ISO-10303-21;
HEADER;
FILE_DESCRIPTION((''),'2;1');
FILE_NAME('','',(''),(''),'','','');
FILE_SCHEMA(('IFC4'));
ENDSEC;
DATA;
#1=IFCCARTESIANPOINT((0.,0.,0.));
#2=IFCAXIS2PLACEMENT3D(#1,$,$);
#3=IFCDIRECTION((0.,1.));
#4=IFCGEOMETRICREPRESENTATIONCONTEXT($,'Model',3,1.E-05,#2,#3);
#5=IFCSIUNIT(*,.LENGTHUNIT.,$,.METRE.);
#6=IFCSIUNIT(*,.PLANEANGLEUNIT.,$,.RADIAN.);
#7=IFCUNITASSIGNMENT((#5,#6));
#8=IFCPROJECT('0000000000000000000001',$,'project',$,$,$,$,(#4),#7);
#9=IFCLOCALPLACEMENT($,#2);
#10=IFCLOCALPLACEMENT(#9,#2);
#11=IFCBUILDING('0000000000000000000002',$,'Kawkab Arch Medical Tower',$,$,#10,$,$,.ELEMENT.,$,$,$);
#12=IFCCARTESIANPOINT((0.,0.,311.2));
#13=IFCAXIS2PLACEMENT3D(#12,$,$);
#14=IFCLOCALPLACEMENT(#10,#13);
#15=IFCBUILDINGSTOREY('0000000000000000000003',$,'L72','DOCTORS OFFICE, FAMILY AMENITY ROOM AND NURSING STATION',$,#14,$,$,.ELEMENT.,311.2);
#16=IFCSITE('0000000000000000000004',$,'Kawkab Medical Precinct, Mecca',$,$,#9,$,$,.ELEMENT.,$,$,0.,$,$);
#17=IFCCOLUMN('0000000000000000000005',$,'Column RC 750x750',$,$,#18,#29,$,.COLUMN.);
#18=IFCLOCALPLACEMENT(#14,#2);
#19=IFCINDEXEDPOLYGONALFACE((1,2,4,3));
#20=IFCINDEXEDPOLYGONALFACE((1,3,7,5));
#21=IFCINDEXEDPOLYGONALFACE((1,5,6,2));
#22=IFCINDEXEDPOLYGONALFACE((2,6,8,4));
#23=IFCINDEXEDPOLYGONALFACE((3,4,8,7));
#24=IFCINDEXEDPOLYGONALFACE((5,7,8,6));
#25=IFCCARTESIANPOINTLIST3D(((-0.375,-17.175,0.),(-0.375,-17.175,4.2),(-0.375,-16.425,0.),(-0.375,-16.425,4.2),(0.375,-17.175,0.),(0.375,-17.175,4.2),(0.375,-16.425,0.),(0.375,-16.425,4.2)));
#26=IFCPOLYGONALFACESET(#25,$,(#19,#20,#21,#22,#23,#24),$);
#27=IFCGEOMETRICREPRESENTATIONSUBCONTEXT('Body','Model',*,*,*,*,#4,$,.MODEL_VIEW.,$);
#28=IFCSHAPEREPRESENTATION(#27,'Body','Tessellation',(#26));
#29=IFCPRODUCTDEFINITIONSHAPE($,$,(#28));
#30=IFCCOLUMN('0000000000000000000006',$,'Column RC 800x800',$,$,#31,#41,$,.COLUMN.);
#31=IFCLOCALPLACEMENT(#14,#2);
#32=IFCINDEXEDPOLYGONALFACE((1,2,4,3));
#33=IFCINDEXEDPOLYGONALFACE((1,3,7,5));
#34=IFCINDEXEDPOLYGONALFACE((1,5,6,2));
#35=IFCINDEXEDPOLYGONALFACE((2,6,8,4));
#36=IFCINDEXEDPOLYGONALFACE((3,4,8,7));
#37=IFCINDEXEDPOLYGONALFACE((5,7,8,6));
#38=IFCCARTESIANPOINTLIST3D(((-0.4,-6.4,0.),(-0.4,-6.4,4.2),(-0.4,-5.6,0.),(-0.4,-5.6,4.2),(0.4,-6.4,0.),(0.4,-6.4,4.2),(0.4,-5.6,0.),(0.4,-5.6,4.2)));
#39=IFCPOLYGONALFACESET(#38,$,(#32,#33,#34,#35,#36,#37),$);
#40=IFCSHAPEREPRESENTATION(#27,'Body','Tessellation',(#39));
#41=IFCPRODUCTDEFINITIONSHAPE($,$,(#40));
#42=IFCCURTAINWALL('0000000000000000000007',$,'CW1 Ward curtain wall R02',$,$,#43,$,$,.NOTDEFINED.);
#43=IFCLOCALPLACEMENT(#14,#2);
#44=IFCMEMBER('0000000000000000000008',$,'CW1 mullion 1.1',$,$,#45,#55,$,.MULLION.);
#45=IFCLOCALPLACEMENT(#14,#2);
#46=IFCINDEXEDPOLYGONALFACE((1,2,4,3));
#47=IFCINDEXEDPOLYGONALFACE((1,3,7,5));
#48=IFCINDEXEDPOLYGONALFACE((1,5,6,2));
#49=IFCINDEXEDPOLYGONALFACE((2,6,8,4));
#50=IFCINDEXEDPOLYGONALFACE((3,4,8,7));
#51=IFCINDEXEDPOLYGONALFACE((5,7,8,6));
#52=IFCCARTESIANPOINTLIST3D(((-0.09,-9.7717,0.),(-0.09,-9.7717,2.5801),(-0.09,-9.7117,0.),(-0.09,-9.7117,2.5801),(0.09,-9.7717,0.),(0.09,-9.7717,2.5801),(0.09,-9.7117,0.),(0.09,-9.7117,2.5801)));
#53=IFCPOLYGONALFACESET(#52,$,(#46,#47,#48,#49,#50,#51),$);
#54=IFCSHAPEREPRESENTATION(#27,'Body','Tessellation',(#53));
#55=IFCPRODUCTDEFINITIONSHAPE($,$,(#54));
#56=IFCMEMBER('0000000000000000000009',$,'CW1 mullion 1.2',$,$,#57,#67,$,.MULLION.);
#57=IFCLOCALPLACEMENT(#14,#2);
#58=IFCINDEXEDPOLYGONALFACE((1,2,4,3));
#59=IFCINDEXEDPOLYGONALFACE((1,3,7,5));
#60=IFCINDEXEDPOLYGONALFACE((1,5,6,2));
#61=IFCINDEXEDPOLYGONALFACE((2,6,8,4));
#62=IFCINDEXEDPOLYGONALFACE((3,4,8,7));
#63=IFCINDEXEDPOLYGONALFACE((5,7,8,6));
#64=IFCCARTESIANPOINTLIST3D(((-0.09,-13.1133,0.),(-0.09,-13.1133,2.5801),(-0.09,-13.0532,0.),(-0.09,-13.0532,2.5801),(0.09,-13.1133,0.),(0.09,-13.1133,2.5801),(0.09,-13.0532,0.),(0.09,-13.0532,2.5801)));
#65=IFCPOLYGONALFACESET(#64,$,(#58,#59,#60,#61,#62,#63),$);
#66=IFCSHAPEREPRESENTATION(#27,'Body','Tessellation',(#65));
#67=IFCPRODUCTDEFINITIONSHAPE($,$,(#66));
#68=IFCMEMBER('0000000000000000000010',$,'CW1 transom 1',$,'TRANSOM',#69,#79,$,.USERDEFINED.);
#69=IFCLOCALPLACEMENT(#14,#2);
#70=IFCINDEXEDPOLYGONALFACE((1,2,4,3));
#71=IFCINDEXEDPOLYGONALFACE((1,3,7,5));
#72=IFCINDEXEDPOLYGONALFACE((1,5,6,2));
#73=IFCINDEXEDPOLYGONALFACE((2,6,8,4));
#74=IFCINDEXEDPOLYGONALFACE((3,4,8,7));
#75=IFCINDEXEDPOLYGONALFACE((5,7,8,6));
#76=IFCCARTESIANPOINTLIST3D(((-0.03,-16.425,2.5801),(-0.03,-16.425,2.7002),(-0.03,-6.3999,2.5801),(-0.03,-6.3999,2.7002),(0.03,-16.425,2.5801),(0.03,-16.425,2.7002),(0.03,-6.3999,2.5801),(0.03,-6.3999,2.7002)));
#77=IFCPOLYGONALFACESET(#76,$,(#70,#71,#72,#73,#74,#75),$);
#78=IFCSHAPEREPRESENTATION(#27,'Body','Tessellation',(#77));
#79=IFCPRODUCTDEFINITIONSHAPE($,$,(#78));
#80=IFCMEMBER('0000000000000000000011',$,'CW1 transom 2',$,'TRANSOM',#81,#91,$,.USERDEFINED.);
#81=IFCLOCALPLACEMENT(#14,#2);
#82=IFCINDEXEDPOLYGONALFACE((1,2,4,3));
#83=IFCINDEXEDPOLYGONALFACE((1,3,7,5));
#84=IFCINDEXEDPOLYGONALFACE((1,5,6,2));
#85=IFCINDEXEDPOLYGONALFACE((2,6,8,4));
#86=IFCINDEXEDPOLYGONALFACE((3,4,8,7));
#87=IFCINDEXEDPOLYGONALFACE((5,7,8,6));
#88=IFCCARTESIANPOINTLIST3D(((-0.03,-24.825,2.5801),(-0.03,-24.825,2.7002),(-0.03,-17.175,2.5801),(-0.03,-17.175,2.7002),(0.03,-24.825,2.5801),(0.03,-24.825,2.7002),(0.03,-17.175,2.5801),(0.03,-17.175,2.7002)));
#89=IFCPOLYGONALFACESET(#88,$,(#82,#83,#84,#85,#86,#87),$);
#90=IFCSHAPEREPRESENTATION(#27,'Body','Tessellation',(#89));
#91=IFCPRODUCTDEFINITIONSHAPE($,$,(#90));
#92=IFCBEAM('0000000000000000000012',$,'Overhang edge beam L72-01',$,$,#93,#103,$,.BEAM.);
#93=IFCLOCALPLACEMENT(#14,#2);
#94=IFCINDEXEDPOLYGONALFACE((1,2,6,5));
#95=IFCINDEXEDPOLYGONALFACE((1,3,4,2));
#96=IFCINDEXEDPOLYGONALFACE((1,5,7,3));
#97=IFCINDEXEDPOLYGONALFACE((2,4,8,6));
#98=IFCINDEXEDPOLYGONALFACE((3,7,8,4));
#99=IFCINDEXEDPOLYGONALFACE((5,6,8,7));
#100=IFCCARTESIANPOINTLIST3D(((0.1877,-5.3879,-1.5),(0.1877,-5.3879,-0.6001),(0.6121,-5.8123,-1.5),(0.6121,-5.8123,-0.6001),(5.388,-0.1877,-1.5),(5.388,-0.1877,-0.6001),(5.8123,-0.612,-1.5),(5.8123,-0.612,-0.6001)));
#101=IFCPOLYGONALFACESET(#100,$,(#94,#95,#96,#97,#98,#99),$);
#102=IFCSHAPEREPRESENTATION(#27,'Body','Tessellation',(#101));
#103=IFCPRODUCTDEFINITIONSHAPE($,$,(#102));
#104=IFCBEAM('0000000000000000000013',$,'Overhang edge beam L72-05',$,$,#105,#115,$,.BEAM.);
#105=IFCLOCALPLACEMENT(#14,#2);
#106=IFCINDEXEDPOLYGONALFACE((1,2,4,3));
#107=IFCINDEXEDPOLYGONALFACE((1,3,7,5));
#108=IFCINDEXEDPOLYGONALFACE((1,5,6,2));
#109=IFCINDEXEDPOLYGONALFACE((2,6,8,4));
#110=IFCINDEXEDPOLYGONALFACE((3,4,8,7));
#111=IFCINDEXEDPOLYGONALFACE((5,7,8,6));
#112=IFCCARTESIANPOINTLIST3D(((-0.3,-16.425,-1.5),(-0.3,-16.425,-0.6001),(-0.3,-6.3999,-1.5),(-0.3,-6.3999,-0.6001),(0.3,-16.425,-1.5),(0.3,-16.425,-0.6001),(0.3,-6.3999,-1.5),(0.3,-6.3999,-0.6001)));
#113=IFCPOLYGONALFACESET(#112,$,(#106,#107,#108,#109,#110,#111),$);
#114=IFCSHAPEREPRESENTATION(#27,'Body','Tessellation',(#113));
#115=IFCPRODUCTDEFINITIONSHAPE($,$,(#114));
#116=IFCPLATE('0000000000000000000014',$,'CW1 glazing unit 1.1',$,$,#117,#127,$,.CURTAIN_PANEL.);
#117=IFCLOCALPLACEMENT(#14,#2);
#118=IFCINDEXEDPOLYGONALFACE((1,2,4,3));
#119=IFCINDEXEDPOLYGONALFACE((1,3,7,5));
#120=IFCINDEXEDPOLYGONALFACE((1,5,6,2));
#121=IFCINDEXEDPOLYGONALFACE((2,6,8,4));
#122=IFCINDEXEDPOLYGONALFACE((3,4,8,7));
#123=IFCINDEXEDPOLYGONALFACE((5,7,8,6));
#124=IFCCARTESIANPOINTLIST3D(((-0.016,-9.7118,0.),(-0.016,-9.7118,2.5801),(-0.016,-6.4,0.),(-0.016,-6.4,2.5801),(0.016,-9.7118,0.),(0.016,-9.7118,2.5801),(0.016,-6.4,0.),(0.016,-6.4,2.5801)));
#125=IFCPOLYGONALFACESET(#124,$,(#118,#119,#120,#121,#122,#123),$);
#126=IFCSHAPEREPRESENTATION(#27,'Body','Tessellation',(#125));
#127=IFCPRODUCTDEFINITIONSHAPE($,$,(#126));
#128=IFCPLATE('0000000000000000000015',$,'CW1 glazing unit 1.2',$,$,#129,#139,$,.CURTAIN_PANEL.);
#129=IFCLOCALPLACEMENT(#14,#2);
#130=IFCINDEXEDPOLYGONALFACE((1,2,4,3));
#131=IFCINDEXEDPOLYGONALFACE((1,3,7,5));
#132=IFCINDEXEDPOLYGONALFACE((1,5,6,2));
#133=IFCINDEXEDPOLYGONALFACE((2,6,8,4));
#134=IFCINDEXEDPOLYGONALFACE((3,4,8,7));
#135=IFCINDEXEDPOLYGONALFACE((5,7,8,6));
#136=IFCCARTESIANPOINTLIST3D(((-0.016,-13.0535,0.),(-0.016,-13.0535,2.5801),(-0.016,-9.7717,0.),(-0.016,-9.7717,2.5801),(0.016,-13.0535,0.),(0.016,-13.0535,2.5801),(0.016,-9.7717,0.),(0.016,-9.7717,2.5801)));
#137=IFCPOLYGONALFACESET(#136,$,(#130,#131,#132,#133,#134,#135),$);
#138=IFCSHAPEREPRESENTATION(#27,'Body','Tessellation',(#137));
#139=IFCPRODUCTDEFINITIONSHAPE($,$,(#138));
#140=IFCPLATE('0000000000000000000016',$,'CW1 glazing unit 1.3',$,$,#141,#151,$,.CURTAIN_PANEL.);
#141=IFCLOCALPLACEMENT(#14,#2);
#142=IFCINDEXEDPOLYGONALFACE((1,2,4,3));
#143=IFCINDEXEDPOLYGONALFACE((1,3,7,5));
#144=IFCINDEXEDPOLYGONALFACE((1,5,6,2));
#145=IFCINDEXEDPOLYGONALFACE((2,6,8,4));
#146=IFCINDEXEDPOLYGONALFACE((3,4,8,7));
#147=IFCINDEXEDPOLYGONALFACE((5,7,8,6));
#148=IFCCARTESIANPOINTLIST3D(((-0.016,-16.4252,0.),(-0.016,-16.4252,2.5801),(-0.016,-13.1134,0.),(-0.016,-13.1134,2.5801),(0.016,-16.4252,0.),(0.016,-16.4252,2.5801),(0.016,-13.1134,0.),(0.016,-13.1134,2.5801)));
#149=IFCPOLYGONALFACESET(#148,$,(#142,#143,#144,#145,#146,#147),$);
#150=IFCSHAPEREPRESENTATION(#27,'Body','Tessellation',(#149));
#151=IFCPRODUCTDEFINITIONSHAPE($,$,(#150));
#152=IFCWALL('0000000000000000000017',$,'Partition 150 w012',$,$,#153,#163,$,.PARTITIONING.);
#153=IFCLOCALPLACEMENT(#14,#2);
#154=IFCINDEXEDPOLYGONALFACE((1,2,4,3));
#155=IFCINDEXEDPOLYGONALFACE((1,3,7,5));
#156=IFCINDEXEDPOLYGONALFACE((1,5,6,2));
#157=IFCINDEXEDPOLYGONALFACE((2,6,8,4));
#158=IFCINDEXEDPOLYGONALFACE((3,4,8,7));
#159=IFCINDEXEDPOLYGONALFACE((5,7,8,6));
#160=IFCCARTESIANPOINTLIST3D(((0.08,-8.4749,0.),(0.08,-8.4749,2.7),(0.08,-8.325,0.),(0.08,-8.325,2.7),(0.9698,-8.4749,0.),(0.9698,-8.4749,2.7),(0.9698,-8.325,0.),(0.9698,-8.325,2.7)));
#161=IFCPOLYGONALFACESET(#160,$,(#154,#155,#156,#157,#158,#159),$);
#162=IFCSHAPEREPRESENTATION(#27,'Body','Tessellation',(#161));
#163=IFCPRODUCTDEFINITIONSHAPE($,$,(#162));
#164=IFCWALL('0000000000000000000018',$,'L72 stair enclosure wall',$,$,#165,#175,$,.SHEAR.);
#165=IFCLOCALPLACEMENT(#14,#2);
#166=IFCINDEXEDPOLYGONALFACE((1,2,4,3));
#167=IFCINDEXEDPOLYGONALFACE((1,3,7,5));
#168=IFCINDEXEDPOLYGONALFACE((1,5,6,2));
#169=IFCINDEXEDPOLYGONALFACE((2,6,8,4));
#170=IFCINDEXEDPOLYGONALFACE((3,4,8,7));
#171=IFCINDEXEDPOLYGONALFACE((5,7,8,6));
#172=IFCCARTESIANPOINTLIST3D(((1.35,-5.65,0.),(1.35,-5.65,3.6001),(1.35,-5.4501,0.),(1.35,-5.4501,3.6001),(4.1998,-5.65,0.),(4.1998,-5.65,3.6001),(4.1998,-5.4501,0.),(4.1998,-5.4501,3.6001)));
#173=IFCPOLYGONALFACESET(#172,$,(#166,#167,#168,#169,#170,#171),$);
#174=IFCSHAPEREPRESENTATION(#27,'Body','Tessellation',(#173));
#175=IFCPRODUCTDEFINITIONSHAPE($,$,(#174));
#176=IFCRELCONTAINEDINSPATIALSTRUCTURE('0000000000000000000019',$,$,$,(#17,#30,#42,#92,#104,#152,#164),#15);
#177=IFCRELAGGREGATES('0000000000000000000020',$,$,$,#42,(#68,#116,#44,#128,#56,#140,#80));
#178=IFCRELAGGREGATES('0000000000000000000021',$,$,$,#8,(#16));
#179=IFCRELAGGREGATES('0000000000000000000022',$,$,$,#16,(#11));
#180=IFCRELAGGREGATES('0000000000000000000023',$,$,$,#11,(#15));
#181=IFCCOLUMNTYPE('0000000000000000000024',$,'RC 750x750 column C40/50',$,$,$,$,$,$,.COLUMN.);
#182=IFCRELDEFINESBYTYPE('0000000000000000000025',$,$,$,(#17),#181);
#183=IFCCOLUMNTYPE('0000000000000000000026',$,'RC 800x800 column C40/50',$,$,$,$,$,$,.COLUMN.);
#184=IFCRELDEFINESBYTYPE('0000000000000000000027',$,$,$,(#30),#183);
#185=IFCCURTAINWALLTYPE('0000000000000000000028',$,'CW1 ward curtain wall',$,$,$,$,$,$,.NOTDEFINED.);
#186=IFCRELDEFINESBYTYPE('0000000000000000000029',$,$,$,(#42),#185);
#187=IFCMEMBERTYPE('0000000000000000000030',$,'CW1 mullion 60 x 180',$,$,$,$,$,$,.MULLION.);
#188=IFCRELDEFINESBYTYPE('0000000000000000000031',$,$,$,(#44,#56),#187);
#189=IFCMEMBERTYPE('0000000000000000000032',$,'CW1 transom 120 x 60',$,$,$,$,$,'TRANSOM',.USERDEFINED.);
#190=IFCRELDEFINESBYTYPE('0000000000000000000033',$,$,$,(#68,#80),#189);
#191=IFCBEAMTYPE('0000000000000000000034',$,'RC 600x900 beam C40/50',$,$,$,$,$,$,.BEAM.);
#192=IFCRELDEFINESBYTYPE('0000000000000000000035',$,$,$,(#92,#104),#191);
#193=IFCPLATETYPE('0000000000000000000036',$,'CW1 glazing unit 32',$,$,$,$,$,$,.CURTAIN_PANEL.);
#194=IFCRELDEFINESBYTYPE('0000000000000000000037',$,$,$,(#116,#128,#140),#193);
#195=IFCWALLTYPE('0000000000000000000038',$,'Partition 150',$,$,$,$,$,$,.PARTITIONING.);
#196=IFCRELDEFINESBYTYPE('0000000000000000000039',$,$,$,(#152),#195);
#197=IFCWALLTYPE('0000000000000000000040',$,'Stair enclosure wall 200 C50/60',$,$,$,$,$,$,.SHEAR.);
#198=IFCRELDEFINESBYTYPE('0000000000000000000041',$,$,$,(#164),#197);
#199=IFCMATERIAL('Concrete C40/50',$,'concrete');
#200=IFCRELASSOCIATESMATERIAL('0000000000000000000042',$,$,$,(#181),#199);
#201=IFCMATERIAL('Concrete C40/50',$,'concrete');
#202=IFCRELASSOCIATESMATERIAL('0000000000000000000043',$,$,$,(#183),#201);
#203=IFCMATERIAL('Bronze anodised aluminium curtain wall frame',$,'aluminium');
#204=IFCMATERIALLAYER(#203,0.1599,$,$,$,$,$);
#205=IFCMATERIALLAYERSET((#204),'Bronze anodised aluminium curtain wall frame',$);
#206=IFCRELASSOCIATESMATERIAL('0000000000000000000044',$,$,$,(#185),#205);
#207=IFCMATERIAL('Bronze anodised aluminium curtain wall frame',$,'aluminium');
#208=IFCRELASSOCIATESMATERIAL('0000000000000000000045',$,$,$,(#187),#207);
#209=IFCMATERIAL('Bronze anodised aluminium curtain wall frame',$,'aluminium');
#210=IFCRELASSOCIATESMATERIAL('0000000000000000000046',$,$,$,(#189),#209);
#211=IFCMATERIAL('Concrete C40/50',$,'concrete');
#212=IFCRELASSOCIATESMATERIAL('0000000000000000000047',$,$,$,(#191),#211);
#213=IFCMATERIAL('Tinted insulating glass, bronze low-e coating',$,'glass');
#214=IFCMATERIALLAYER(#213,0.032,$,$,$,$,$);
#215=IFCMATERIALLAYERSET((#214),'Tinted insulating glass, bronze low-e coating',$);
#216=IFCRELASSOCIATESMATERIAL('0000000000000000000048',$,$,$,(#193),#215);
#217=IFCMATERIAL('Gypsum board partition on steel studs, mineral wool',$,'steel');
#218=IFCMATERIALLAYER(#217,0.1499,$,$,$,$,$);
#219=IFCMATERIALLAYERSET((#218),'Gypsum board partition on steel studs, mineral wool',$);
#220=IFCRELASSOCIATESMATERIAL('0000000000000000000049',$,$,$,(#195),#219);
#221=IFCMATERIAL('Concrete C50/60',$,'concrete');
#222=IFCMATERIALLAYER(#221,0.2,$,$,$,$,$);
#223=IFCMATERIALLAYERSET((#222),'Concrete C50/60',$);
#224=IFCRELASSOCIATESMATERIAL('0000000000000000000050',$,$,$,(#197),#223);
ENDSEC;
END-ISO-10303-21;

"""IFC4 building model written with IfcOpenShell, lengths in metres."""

from ifc_helpers import new_model, si_unit, direction, frame, frame_2d, origin, origin_2d, place, context, subcontext, project, spatial, rectangle, extrude, material, layer, layer_set, material_profile, profile_set, type_object, element, aggregate, save


model = new_model("IFC4")

# Units and contexts
model_context = context("Model", 3, precision=1e-05, world=origin(), true_north=direction((0.0, 1.0)))
body_context = subcontext(model_context, "Body", "Model", "MODEL_VIEW")
ifc_project = project(units=[si_unit("LENGTHUNIT", "METRE"), si_unit("PLANEANGLEUNIT", "RADIAN")], contexts=[model_context])

# Site, building, storey
site_placement = place(None, origin())
site = spatial("IfcSite", under=ifc_project, at=site_placement, Name="Kawkab Medical Precinct, Mecca", CompositionType="ELEMENT", RefElevation=0.0)
building_placement = place(site_placement, origin())
building = spatial("IfcBuilding", under=site, at=building_placement, Name="Kawkab Arch Medical Tower", CompositionType="ELEMENT")
storey_placement = place(building_placement, frame((0.0, 0.0, 311.2)))
storey = spatial("IfcBuildingStorey", under=building, at=storey_placement, Name="L72", Description="DOCTORS OFFICE, FAMILY AMENITY ROOM AND NURSING STATION", CompositionType="ELEMENT", Elevation=311.2)

# Columns
ifc_material_1 = material(Name="Concrete C40/50", Category="concrete")
ifc_material_profile_1 = material_profile(ifc_material_1, rectangle(XDim=0.75, YDim=0.75, at=origin_2d()), Name="RC 750x750")
ifc_profile_set_1 = profile_set([ifc_material_profile_1], Name="Concrete C40/50")
column_type_1 = type_object("IfcColumnType", Name="RC 750x750 column C40/50", PredefinedType="COLUMN", material=ifc_profile_set_1)
column_1_placement = place(storey_placement, frame((0.0, -16.8, 0.0), z_axis=(0.0, 0.0, 1.0), x_axis=(1.0, 0.0, 0.0)))
element("IfcColumn", 1, at=column_1_placement, inside=storey, type_object=column_type_1, Name="Column RC 750x750", PredefinedType="COLUMN", context=body_context, shape_type="SweptSolid", body=[
    extrude(rectangle(XDim=0.75, YDim=0.75, at=origin_2d()), origin(), (0.0, 0.0, 1.0), 4.2),
])
ifc_material_2 = material(Name="Concrete C40/50", Category="concrete")
ifc_material_profile_2 = material_profile(ifc_material_2, rectangle(XDim=0.8, YDim=0.8, at=origin_2d()), Name="RC 800x800")
ifc_profile_set_2 = profile_set([ifc_material_profile_2], Name="Concrete C40/50")
column_type_2 = type_object("IfcColumnType", Name="RC 800x800 column C40/50", PredefinedType="COLUMN", material=ifc_profile_set_2)
column_2_placement = place(storey_placement, frame((0.0, -6.0, 0.0), z_axis=(0.0, 0.0, 1.0), x_axis=(1.0, 0.0, 0.0)))
element("IfcColumn", 2, at=column_2_placement, inside=storey, type_object=column_type_2, Name="Column RC 800x800", PredefinedType="COLUMN", context=body_context, shape_type="SweptSolid", body=[
    extrude(rectangle(XDim=0.8, YDim=0.8, at=origin_2d()), origin(), (0.0, 0.0, 1.0), 4.2),
])

# Curtain wall, members
ifc_material_3 = material(Name="Bronze anodised aluminium curtain wall frame", Category="aluminium")
ifc_layer_1 = layer(ifc_material_3, 0.1599)
ifc_layer_set_1 = layer_set([ifc_layer_1], Name="Bronze anodised aluminium curtain wall frame")
curtain_wall_type = type_object("IfcCurtainWallType", Name="CW1 ward curtain wall", PredefinedType="NOTDEFINED", material=ifc_layer_set_1)
placement = place(storey_placement, origin())
curtain_wall = element("IfcCurtainWall", 3, at=placement, inside=storey, type_object=curtain_wall_type, Name="CW1 Ward curtain wall R02", PredefinedType="NOTDEFINED")
ifc_material_4 = material(Name="Bronze anodised aluminium curtain wall frame", Category="aluminium")
ifc_material_profile_3 = material_profile(ifc_material_4, rectangle(XDim=0.1799, YDim=0.0601, at=origin_2d()), Name="AL 60x180")
ifc_profile_set_3 = profile_set([ifc_material_profile_3], Name="Bronze anodised aluminium curtain wall frame")
member_type_1 = type_object("IfcMemberType", Name="CW1 mullion 60 x 180", PredefinedType="MULLION", material=ifc_profile_set_3)
member_1_placement = place(storey_placement, frame((0.0, -9.7417, 0.0), z_axis=(0.0, 0.0, 1.0), x_axis=(1.0, 0.0, 0.0)))
member_1 = element("IfcMember", 4, at=member_1_placement, type_object=member_type_1, Name="CW1 mullion 1.1", PredefinedType="MULLION", context=body_context, shape_type="SweptSolid", body=[
    extrude(rectangle(XDim=0.1799, YDim=0.0601, at=origin_2d()), origin(), (0.0, 0.0, 1.0), 2.5801),
])
member_2_placement = place(storey_placement, frame((0.0, -13.0833, 0.0), z_axis=(0.0, 0.0, 1.0), x_axis=(1.0, 0.0, 0.0)))
member_2 = element("IfcMember", 5, at=member_2_placement, type_object=member_type_1, Name="CW1 mullion 1.2", PredefinedType="MULLION", context=body_context, shape_type="SweptSolid", body=[
    extrude(rectangle(XDim=0.1799, YDim=0.0601, at=origin_2d()), origin(), (0.0, 0.0, 1.0), 2.5801),
])
ifc_material_5 = material(Name="Bronze anodised aluminium curtain wall frame", Category="aluminium")
ifc_material_profile_4 = material_profile(ifc_material_5, rectangle(XDim=0.0601, YDim=0.1201, at=origin_2d()), Name="AL 60x120")
ifc_profile_set_4 = profile_set([ifc_material_profile_4], Name="Bronze anodised aluminium curtain wall frame")
member_type_2 = type_object("IfcMemberType", Name="CW1 transom 120 x 60", ElementType="TRANSOM", PredefinedType="USERDEFINED", material=ifc_profile_set_4)
member_3_placement = place(storey_placement, frame((0.0, -6.3999, 2.6401), z_axis=(0.0, -1.0, 0.0), x_axis=(1.0, 0.0, 0.0)))
member_3 = element("IfcMember", 6, at=member_3_placement, type_object=member_type_2, Name="CW1 transom 1", ObjectType="TRANSOM", PredefinedType="USERDEFINED", context=body_context, shape_type="SweptSolid", body=[
    extrude(rectangle(XDim=0.0601, YDim=0.1201, at=origin_2d()), origin(), (0.0, 0.0, 1.0), 10.0251),
])
member_4_placement = place(storey_placement, frame((0.0, -17.175, 2.6401), z_axis=(0.0, -1.0, 0.0), x_axis=(1.0, 0.0, 0.0)))
member_4 = element("IfcMember", 7, at=member_4_placement, type_object=member_type_2, Name="CW1 transom 2", ObjectType="TRANSOM", PredefinedType="USERDEFINED", context=body_context, shape_type="SweptSolid", body=[
    extrude(rectangle(XDim=0.0601, YDim=0.1201, at=origin_2d()), origin(), (0.0, 0.0, 1.0), 7.6499),
])

# Beams
ifc_material_6 = material(Name="Concrete C40/50", Category="concrete")
ifc_material_profile_5 = material_profile(ifc_material_6, rectangle(XDim=0.6001, YDim=0.8999, at=origin_2d()), Name="RC 600x900")
ifc_profile_set_5 = profile_set([ifc_material_profile_5], Name="Concrete C40/50")
beam_type = type_object("IfcBeamType", Name="RC 600x900 beam C40/50", PredefinedType="BEAM", material=ifc_profile_set_5)
beam_1_placement = place(storey_placement, frame((0.3999, -5.6001, -1.05), z_axis=(0.707107, 0.707107, 0.0), x_axis=(-0.707107, 0.707107, 0.0)))
element("IfcBeam", 8, at=beam_1_placement, inside=storey, type_object=beam_type, Name="Overhang edge beam L72-01", PredefinedType="BEAM", context=body_context, shape_type="SweptSolid", body=[
    extrude(rectangle(XDim=0.6001, YDim=0.8999, at=origin_2d()), origin(), (0.0, 0.0, 1.0), 7.3542),
])
beam_2_placement = place(storey_placement, frame((0.0, -16.425, -1.05), z_axis=(0.0, 1.0, 0.0), x_axis=(-1.0, 0.0, 0.0)))
element("IfcBeam", 9, at=beam_2_placement, inside=storey, type_object=beam_type, Name="Overhang edge beam L72-05", PredefinedType="BEAM", context=body_context, shape_type="SweptSolid", body=[
    extrude(rectangle(XDim=0.6001, YDim=0.8999, at=origin_2d()), origin(), (0.0, 0.0, 1.0), 10.0251),
])

# Plates
ifc_material_7 = material(Name="Tinted insulating glass, bronze low-e coating", Category="glass")
ifc_layer_2 = layer(ifc_material_7, 0.032)
ifc_layer_set_2 = layer_set([ifc_layer_2], Name="Tinted insulating glass, bronze low-e coating")
plate_type = type_object("IfcPlateType", Name="CW1 glazing unit 32", PredefinedType="CURTAIN_PANEL", material=ifc_layer_set_2)
plate_1_placement = place(storey_placement, frame((0.0, -8.0559, 0.0), z_axis=(0.0, 0.0, 1.0), x_axis=(0.0, -1.0, 0.0)))
plate_1 = element("IfcPlate", 10, at=plate_1_placement, type_object=plate_type, Name="CW1 glazing unit 1.1", PredefinedType="CURTAIN_PANEL", context=body_context, shape_type="SweptSolid", body=[
    extrude(rectangle(XDim=3.3118, YDim=0.032, at=origin_2d()), origin(), (0.0, 0.0, 1.0), 2.5801),
])
plate_2_placement = place(storey_placement, frame((0.0, -11.4126, 0.0), z_axis=(0.0, 0.0, 1.0), x_axis=(0.0, -1.0, 0.0)))
plate_2 = element("IfcPlate", 11, at=plate_2_placement, type_object=plate_type, Name="CW1 glazing unit 1.2", PredefinedType="CURTAIN_PANEL", context=body_context, shape_type="SweptSolid", body=[
    extrude(rectangle(XDim=3.2817, YDim=0.032, at=origin_2d()), origin(), (0.0, 0.0, 1.0), 2.5801),
])
plate_3_placement = place(storey_placement, frame((0.0, -14.7693, 0.0), z_axis=(0.0, 0.0, 1.0), x_axis=(0.0, -1.0, 0.0)))
plate_3 = element("IfcPlate", 12, at=plate_3_placement, type_object=plate_type, Name="CW1 glazing unit 1.3", PredefinedType="CURTAIN_PANEL", context=body_context, shape_type="SweptSolid", body=[
    extrude(rectangle(XDim=3.3118, YDim=0.032, at=origin_2d()), origin(), (0.0, 0.0, 1.0), 2.5801),
])
aggregate(curtain_wall, [member_3, plate_1, member_1, plate_2, member_2, plate_3, member_4])

# Walls
ifc_material_8 = material(Name="Gypsum board partition on steel studs, mineral wool", Category="steel")
ifc_layer_3 = layer(ifc_material_8, 0.1499)
ifc_layer_set_3 = layer_set([ifc_layer_3], Name="Gypsum board partition on steel studs, mineral wool")
wall_type_1 = type_object("IfcWallType", Name="Partition 150", PredefinedType="PARTITIONING", material=ifc_layer_set_3)
wall_1_placement = place(storey_placement, frame((0.0801, -8.3999, 0.0), z_axis=(0.0, 0.0, 1.0), x_axis=(1.0, 0.0, 0.0)))
element("IfcWall", 13, at=wall_1_placement, inside=storey, type_object=wall_type_1, Name="Partition 150 w012", PredefinedType="PARTITIONING", context=body_context, shape_type="SweptSolid", body=[
    extrude(rectangle(XDim=0.8899, YDim=0.1499, at=frame_2d((0.4448, 0.0))), origin(), (0.0, 0.0, 1.0), 2.7),
])
ifc_material_9 = material(Name="Concrete C50/60", Category="concrete")
ifc_layer_4 = layer(ifc_material_9, 0.2)
ifc_layer_set_4 = layer_set([ifc_layer_4], Name="Concrete C50/60")
wall_type_2 = type_object("IfcWallType", Name="Stair enclosure wall 200 C50/60", PredefinedType="SHEAR", material=ifc_layer_set_4)
for number, where, z_axis, x_axis, name in (
    (14, (1.3501, -5.55, 0.0), (0.0, 0.0, 1.0), (1.0, 0.0, 0.0), "L72 stair enclosure wall"),
):
    element("IfcWall", number, at=place(storey_placement, frame(where, z_axis=z_axis, x_axis=x_axis)), inside=storey, type_object=wall_type_2, Name=name, PredefinedType="SHEAR", context=body_context, shape_type="SweptSolid", body=[
        extrude(rectangle(XDim=2.8499, YDim=0.2, at=frame_2d((1.4248, 0.0))), origin(), (0.0, 0.0, 1.0), 3.6001),
    ])

save(model, "model.ifc")
